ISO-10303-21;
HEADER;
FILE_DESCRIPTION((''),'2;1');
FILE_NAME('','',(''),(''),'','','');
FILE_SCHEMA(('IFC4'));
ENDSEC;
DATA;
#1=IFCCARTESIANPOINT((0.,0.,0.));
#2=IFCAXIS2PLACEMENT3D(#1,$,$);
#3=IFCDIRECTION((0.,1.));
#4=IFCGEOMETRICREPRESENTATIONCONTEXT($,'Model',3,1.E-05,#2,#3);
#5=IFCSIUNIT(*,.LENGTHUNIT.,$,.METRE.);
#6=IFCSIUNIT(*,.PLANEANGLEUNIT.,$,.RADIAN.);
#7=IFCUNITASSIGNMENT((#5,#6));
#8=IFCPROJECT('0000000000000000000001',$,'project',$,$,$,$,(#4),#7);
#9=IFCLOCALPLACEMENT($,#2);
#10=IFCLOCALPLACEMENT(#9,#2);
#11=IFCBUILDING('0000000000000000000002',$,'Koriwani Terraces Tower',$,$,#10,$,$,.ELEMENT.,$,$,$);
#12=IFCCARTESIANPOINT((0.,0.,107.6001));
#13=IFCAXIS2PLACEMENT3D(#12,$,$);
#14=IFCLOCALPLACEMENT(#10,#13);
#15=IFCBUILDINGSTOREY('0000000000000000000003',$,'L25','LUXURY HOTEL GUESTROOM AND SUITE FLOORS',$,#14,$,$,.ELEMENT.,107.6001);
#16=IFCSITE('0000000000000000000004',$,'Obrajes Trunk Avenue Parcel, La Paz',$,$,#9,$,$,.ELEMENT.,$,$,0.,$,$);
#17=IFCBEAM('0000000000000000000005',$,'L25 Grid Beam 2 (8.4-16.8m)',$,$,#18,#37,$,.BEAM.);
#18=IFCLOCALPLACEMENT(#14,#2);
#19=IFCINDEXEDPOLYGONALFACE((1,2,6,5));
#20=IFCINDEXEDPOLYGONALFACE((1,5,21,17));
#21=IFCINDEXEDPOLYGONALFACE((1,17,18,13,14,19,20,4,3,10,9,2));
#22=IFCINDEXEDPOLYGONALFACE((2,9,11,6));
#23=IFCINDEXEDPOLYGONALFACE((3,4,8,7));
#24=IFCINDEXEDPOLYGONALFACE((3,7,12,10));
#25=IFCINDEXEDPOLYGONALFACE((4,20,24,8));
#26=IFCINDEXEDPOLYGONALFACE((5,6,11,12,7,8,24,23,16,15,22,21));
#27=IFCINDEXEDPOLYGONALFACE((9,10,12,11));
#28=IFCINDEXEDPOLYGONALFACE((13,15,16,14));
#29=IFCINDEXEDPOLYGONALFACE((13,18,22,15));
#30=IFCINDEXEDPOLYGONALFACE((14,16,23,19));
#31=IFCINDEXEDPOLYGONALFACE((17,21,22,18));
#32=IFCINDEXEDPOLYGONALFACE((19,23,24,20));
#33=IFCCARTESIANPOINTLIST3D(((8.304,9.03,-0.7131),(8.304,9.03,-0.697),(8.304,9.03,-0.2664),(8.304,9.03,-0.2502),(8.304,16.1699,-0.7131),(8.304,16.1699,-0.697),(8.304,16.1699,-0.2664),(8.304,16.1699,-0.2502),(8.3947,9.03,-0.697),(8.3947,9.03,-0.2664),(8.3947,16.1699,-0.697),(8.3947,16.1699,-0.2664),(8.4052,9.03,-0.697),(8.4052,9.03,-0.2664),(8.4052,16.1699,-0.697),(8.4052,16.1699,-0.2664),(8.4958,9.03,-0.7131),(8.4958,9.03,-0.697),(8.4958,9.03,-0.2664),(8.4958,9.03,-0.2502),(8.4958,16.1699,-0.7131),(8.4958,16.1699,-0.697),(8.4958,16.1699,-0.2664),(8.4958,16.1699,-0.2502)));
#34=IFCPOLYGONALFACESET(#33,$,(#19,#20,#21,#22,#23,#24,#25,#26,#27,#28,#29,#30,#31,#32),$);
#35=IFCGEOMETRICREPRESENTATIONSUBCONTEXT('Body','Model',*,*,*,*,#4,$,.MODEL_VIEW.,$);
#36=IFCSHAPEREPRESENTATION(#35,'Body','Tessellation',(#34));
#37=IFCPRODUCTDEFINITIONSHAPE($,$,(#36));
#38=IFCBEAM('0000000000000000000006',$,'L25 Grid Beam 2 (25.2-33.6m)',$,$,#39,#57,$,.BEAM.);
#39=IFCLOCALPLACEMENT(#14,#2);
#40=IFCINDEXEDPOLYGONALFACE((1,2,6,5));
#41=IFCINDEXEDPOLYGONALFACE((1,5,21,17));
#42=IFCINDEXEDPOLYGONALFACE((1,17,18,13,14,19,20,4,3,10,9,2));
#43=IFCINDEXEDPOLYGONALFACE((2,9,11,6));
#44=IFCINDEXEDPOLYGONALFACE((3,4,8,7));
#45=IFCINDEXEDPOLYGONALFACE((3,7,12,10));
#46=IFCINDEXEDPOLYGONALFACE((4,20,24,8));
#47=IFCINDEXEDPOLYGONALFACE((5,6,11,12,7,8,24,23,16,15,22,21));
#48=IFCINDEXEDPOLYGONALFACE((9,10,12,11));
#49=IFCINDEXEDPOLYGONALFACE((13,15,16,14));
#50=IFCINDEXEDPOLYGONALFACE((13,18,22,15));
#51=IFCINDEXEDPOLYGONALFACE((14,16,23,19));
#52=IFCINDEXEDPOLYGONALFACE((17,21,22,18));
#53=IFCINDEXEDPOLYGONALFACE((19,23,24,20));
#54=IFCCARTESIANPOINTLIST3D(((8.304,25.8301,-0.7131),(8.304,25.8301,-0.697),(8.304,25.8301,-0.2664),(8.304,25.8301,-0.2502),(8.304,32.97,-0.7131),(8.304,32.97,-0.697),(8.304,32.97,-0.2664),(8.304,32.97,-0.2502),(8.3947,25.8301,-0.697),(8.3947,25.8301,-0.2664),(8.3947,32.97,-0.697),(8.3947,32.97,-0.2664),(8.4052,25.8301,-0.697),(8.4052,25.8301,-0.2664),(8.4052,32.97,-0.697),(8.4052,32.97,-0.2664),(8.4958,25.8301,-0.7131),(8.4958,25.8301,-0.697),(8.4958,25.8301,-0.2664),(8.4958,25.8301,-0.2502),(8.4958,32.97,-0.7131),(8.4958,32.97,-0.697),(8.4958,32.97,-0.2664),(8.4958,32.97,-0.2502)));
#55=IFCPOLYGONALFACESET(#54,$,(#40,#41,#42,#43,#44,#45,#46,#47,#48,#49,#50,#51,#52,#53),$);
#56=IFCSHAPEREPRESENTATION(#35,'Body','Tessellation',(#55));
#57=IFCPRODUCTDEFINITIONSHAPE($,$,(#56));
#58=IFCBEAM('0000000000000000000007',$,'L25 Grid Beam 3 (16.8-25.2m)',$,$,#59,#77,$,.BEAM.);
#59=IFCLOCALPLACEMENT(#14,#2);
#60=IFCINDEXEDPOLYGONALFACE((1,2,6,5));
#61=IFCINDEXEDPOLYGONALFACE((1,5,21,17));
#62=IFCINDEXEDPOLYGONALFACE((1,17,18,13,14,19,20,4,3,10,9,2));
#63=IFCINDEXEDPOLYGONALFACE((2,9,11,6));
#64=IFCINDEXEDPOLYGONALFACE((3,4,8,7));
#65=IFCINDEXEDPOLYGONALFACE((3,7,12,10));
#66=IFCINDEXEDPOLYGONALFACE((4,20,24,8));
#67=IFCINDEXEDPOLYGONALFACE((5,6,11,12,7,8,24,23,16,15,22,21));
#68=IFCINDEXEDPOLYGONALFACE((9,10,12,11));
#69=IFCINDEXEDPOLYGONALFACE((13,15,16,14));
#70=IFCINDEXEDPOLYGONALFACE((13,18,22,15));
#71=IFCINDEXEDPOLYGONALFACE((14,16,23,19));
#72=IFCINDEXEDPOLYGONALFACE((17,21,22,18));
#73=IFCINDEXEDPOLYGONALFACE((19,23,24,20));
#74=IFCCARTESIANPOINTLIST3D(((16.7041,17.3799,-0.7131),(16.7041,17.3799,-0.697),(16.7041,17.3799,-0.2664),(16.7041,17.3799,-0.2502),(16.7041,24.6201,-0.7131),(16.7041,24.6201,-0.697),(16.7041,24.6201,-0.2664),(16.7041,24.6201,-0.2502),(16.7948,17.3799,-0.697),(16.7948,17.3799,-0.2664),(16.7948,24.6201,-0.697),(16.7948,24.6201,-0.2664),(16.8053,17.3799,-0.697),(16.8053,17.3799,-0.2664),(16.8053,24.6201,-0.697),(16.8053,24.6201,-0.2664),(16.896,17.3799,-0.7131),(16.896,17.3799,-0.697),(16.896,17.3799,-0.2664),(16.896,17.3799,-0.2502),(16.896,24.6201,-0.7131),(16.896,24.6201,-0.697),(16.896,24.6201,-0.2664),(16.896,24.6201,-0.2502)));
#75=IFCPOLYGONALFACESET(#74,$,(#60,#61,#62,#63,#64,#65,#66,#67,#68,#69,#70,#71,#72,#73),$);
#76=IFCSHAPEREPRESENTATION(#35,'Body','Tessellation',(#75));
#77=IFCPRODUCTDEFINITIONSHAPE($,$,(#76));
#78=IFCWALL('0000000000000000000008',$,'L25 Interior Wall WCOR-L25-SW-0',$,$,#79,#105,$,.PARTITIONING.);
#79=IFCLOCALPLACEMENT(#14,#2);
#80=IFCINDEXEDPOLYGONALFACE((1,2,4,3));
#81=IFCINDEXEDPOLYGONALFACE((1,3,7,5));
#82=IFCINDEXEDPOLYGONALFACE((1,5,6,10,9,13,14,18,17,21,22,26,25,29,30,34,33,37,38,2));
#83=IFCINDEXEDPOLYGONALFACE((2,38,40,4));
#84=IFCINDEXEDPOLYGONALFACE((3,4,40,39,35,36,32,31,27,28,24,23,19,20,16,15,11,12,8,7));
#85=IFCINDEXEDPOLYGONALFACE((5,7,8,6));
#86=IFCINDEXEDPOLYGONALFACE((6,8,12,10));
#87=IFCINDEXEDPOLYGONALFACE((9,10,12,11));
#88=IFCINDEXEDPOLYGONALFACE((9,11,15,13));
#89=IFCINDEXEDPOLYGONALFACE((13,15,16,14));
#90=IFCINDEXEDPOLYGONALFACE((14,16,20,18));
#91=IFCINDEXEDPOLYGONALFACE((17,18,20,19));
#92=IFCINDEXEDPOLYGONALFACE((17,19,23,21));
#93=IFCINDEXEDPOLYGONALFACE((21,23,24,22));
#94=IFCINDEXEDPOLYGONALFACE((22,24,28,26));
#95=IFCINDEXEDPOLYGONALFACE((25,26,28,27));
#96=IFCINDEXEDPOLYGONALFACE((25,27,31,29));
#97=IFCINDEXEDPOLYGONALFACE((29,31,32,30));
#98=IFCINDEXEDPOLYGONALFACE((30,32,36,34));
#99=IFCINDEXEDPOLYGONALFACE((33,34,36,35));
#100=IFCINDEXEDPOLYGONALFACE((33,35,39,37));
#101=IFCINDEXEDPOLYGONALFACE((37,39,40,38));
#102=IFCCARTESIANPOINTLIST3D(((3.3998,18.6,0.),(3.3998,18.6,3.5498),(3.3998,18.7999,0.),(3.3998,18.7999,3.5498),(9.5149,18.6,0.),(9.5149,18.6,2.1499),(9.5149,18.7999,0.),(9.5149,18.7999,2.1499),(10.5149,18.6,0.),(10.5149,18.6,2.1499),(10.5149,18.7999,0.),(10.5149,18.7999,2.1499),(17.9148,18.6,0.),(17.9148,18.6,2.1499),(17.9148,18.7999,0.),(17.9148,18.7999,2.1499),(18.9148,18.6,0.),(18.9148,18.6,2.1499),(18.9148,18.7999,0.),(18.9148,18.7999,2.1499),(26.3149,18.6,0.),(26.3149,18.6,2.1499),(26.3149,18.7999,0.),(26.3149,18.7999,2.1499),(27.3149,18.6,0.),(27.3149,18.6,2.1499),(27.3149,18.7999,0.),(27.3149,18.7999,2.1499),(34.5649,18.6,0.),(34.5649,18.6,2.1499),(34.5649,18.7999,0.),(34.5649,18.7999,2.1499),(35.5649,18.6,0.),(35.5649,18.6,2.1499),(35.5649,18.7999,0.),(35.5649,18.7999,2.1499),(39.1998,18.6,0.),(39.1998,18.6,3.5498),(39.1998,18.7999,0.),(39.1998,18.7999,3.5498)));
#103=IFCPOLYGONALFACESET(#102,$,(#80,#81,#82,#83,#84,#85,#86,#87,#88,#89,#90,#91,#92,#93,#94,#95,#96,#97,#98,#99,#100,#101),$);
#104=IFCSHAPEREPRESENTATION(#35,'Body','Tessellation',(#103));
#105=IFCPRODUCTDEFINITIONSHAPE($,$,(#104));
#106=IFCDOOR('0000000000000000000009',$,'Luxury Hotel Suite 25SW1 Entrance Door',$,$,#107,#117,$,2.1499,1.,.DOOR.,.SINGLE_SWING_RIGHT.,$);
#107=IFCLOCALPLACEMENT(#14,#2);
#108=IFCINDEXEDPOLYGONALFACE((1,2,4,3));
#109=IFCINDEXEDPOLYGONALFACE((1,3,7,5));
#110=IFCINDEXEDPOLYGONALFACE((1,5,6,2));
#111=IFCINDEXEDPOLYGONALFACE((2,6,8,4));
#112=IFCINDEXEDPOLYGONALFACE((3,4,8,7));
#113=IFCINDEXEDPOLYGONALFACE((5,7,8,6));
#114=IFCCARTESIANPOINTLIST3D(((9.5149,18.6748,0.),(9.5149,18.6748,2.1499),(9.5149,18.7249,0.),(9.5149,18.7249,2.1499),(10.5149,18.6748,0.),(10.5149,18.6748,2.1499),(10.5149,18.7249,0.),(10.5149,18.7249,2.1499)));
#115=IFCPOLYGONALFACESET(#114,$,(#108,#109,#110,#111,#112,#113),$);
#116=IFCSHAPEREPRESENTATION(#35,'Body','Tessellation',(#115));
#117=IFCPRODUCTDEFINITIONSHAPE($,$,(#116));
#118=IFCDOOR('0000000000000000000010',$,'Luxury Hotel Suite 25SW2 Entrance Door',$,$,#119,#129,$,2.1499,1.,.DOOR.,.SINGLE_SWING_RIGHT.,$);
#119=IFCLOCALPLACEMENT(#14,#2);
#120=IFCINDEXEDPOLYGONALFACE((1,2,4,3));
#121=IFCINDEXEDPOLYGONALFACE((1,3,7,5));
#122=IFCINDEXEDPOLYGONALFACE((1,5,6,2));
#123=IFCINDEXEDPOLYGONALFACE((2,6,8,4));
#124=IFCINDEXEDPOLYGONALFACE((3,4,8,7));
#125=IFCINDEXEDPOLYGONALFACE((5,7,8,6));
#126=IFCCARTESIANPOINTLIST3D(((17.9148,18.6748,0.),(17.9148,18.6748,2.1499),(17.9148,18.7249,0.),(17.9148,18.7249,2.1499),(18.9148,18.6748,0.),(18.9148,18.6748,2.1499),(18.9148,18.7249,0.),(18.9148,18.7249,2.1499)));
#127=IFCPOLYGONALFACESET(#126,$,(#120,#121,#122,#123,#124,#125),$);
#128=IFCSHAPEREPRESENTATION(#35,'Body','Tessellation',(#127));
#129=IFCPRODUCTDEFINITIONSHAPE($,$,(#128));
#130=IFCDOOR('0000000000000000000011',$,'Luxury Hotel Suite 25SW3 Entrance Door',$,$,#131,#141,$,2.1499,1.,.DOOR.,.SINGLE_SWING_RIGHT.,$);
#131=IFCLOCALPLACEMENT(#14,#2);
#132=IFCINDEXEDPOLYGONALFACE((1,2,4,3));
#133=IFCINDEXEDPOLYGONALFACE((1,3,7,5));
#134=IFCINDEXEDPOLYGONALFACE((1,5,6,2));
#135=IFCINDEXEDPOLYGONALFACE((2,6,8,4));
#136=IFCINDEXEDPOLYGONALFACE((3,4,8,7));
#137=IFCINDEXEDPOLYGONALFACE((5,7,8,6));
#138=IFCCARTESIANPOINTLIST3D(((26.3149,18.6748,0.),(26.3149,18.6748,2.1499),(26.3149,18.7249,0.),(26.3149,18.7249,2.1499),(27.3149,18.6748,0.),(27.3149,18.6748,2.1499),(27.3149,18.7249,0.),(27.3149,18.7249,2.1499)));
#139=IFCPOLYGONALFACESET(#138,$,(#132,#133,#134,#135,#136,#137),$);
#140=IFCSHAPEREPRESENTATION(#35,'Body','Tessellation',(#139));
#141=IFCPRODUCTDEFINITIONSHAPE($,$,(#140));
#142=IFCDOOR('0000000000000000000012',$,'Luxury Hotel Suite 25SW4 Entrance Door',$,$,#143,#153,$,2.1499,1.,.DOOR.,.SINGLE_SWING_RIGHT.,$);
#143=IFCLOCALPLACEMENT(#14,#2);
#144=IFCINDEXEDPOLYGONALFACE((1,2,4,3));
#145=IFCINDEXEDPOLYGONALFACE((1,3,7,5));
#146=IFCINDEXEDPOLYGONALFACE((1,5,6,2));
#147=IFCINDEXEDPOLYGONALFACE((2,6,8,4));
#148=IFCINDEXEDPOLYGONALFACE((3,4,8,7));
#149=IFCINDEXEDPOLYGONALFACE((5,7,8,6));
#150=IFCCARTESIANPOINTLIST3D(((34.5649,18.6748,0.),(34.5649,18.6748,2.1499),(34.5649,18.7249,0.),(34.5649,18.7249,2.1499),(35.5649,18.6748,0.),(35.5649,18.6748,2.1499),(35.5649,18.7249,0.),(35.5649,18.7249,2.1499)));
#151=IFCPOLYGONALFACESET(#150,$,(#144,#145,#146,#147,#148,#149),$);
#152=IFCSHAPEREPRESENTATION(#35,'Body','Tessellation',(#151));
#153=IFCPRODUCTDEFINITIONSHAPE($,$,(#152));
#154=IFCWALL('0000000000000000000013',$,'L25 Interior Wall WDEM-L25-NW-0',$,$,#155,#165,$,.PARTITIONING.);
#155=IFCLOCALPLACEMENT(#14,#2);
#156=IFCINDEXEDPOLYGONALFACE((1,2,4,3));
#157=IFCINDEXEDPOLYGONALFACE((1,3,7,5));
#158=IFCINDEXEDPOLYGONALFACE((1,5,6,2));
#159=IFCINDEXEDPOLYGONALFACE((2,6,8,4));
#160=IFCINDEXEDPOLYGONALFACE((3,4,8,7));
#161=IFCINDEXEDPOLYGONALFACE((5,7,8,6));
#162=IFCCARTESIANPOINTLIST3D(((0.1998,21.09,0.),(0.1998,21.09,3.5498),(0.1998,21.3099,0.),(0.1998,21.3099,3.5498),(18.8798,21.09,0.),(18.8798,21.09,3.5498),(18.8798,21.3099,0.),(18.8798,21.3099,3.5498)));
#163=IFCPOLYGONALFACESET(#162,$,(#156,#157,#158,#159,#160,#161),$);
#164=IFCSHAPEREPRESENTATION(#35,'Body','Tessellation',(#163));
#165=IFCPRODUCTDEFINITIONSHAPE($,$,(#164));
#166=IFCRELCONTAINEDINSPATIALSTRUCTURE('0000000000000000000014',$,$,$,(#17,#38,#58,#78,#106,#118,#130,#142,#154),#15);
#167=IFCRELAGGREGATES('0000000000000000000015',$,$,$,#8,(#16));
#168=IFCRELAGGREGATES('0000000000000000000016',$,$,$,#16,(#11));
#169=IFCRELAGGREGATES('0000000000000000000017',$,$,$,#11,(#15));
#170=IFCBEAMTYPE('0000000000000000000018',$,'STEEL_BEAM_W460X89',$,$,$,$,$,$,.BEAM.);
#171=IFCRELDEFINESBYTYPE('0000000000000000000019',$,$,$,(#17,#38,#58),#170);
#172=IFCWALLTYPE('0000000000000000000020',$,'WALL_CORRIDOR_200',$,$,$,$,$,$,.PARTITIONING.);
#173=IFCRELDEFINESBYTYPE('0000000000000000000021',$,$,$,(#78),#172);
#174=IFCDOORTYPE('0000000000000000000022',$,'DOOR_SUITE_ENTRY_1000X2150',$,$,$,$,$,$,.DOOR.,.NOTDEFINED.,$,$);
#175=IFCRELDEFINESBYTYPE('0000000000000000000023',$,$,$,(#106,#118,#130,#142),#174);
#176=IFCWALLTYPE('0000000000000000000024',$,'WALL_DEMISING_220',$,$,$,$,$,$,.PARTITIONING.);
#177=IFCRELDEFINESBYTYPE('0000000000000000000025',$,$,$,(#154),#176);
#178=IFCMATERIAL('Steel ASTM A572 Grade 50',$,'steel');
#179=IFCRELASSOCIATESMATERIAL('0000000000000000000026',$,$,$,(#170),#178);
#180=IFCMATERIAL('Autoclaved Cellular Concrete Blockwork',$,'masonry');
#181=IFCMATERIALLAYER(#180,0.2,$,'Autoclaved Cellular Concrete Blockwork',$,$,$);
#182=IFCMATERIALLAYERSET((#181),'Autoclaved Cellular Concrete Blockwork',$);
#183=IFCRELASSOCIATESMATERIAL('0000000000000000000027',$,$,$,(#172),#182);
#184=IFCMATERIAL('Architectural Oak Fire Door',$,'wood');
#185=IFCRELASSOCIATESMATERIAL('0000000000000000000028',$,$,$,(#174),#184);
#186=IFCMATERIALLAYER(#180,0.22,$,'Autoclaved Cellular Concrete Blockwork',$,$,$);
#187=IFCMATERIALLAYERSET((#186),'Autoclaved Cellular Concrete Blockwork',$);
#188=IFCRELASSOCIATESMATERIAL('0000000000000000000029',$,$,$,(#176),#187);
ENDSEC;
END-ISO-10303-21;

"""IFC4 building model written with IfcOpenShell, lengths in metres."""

from ifc_helpers import new_model, si_unit, direction, frame, frame_2d, origin, origin_2d, place, context, subcontext, project, spatial, rectangle, i_section, extrude, material, layer, layer_set, material_profile, profile_set, type_object, element, fill, save


model = new_model("IFC4")

# Units and contexts
model_context = context("Model", 3, precision=1e-05, world=origin(), true_north=direction((0.0, 1.0)))
body_context = subcontext(model_context, "Body", "Model", "MODEL_VIEW")
ifc_project = project(units=[si_unit("LENGTHUNIT", "METRE"), si_unit("PLANEANGLEUNIT", "RADIAN")], contexts=[model_context])

# Site, building, storey
site_placement = place(None, origin())
site = spatial("IfcSite", under=ifc_project, at=site_placement, Name="Obrajes Trunk Avenue Parcel, La Paz", CompositionType="ELEMENT", RefElevation=0.0)
building_placement = place(site_placement, origin())
building = spatial("IfcBuilding", under=site, at=building_placement, Name="Koriwani Terraces Tower", CompositionType="ELEMENT")
storey_placement = place(building_placement, frame((0.0, 0.0, 107.6001)))
storey = spatial("IfcBuildingStorey", under=building, at=storey_placement, Name="L25", Description="LUXURY HOTEL GUESTROOM AND SUITE FLOORS", CompositionType="ELEMENT", Elevation=107.6001)

# Beams
ifc_material_1 = material(Name="Steel ASTM A572 Grade 50", Category="steel")
ifc_material_profile_1 = material_profile(ifc_material_1, i_section(OverallWidth=0.1919, OverallDepth=0.4629, WebThickness=0.0105, FlangeThickness=0.0161, at=origin_2d()), Name="Steel ASTM A572 Grade 50", Category="LoadBearing")
ifc_profile_set_1 = profile_set([ifc_material_profile_1], Name="Steel ASTM A572 Grade 50")
beam_type_1 = type_object("IfcBeamType", Name="STEEL_BEAM_W460X89", PredefinedType="BEAM", material=ifc_profile_set_1)
for number, where, z_axis, x_axis, name in (
    (1, (8.3999, 9.03, -0.4817), (0.0, 1.0, 0.0), (-1.0, 0.0, 0.0), "L25 Grid Beam 2 (8.4-16.8m)"),
    (2, (8.3999, 25.8301, -0.4817), (0.0, 1.0, 0.0), (-1.0, 0.0, 0.0), "L25 Grid Beam 2 (25.2-33.6m)"),
):
    element("IfcBeam", number, at=place(storey_placement, frame(where, z_axis=z_axis, x_axis=x_axis)), inside=storey, type_object=beam_type_1, Name=name, PredefinedType="BEAM", context=body_context, shape_type="SweptSolid", body=[
        extrude(i_section(OverallWidth=0.1919, OverallDepth=0.4629, WebThickness=0.0105, FlangeThickness=0.0161, at=origin_2d()), origin(), (0.0, 0.0, 1.0), 7.1399),
    ])
beam_1_placement = place(storey_placement, frame((16.8, 17.3799, -0.4817), z_axis=(0.0, 1.0, 0.0), x_axis=(-1.0, 0.0, 0.0)))
element("IfcBeam", 3, at=beam_1_placement, inside=storey, type_object=beam_type_1, Name="L25 Grid Beam 3 (16.8-25.2m)", PredefinedType="BEAM", context=body_context, shape_type="SweptSolid", body=[
    extrude(i_section(OverallWidth=0.1919, OverallDepth=0.4629, WebThickness=0.0105, FlangeThickness=0.0161, at=origin_2d()), origin(), (0.0, 0.0, 1.0), 7.2402),
])

# Wall, openings, doors
ifc_material_2 = material(Name="Autoclaved Cellular Concrete Blockwork", Category="masonry")
ifc_layer_1 = layer(ifc_material_2, 0.2, Name="Autoclaved Cellular Concrete Blockwork")
ifc_layer_set_1 = layer_set([ifc_layer_1], Name="Autoclaved Cellular Concrete Blockwork")
wall_type_1 = type_object("IfcWallType", Name="WALL_CORRIDOR_200", PredefinedType="PARTITIONING", material=ifc_layer_set_1)
wall_1_placement = place(storey_placement, frame((3.3999, 18.7, 0.0), z_axis=(0.0, 0.0, 1.0), x_axis=(1.0, 0.0, 0.0)))
wall_1 = element("IfcWall", 4, at=wall_1_placement, inside=storey, type_object=wall_type_1, Name="L25 Interior Wall WCOR-L25-SW-0", PredefinedType="PARTITIONING", context=body_context, shape_type="SweptSolid", body=[
    extrude(rectangle(XDim=35.8, YDim=0.2, at=frame_2d((17.8999, 0.0))), origin(), (0.0, 0.0, 1.0), 3.5498),
])
opening_1_placement = place(wall_1_placement, frame((6.115, 0.0, 0.0)))
opening_1 = element("IfcOpeningElement", 5, at=opening_1_placement, cuts=wall_1, PredefinedType="OPENING", context=body_context, shape_type="SweptSolid", body=[
    extrude(rectangle(XDim=1.0, YDim=2.1499, at=frame_2d((0.5, 1.075))), frame((0.0, 0.1099, 0.0), z_axis=(0.0, -1.0, 0.0), x_axis=(1.0, 0.0, 0.0)), (0.0, 0.0, 1.0), 0.22),
])
opening_2_placement = place(wall_1_placement, frame((14.5149, 0.0, 0.0)))
opening_2 = element("IfcOpeningElement", 6, at=opening_2_placement, cuts=wall_1, PredefinedType="OPENING", context=body_context, shape_type="SweptSolid", body=[
    extrude(rectangle(XDim=1.0, YDim=2.1499, at=frame_2d((0.5, 1.075))), frame((0.0, 0.1099, 0.0), z_axis=(0.0, -1.0, 0.0), x_axis=(1.0, 0.0, 0.0)), (0.0, 0.0, 1.0), 0.22),
])
opening_3_placement = place(wall_1_placement, frame((22.915, 0.0, 0.0)))
opening_3 = element("IfcOpeningElement", 7, at=opening_3_placement, cuts=wall_1, PredefinedType="OPENING", context=body_context, shape_type="SweptSolid", body=[
    extrude(rectangle(XDim=1.0, YDim=2.1499, at=frame_2d((0.5, 1.075))), frame((0.0, 0.1099, 0.0), z_axis=(0.0, -1.0, 0.0), x_axis=(1.0, 0.0, 0.0)), (0.0, 0.0, 1.0), 0.22),
])
opening_4_placement = place(wall_1_placement, frame((31.165, 0.0, 0.0)))
opening_4 = element("IfcOpeningElement", 8, at=opening_4_placement, cuts=wall_1, PredefinedType="OPENING", context=body_context, shape_type="SweptSolid", body=[
    extrude(rectangle(XDim=1.0, YDim=2.1499, at=frame_2d((0.5, 1.075))), frame((0.0, 0.1099, 0.0), z_axis=(0.0, -1.0, 0.0), x_axis=(1.0, 0.0, 0.0)), (0.0, 0.0, 1.0), 0.22),
])
ifc_material_3 = material(Name="Architectural Oak Fire Door", Category="wood")
door_type_1 = type_object("IfcDoorType", Name="DOOR_SUITE_ENTRY_1000X2150", OperationType="NOTDEFINED", PredefinedType="DOOR", material=ifc_material_3)
door_1_placement = place(opening_1_placement, origin())
door_1 = element("IfcDoor", 9, at=door_1_placement, inside=storey, type_object=door_type_1, Name="Luxury Hotel Suite 25SW1 Entrance Door", OperationType="SINGLE_SWING_RIGHT", OverallHeight=2.1499, OverallWidth=1.0, PredefinedType="DOOR", context=body_context, shape_type="SweptSolid", body=[
    extrude(rectangle(XDim=1.0, YDim=2.1499, at=frame_2d((0.5, 1.075))), frame((0.0, 0.0249, 0.0), z_axis=(0.0, -1.0, 0.0), x_axis=(1.0, 0.0, 0.0)), (0.0, 0.0, 1.0), 0.05),
])
fill(opening_1, door_1)
door_2_placement = place(opening_2_placement, origin())
door_2 = element("IfcDoor", 10, at=door_2_placement, inside=storey, type_object=door_type_1, Name="Luxury Hotel Suite 25SW2 Entrance Door", OperationType="SINGLE_SWING_RIGHT", OverallHeight=2.1499, OverallWidth=1.0, PredefinedType="DOOR", context=body_context, shape_type="SweptSolid", body=[
    extrude(rectangle(XDim=1.0, YDim=2.1499, at=frame_2d((0.5, 1.075))), frame((0.0, 0.0249, 0.0), z_axis=(0.0, -1.0, 0.0), x_axis=(1.0, 0.0, 0.0)), (0.0, 0.0, 1.0), 0.05),
])
fill(opening_2, door_2)
door_3_placement = place(opening_3_placement, origin())
door_3 = element("IfcDoor", 11, at=door_3_placement, inside=storey, type_object=door_type_1, Name="Luxury Hotel Suite 25SW3 Entrance Door", OperationType="SINGLE_SWING_RIGHT", OverallHeight=2.1499, OverallWidth=1.0, PredefinedType="DOOR", context=body_context, shape_type="SweptSolid", body=[
    extrude(rectangle(XDim=1.0, YDim=2.1499, at=frame_2d((0.5, 1.075))), frame((0.0, 0.0249, 0.0), z_axis=(0.0, -1.0, 0.0), x_axis=(1.0, 0.0, 0.0)), (0.0, 0.0, 1.0), 0.05),
])
fill(opening_3, door_3)
door_4_placement = place(opening_4_placement, origin())
door_4 = element("IfcDoor", 12, at=door_4_placement, inside=storey, type_object=door_type_1, Name="Luxury Hotel Suite 25SW4 Entrance Door", OperationType="SINGLE_SWING_RIGHT", OverallHeight=2.1499, OverallWidth=1.0, PredefinedType="DOOR", context=body_context, shape_type="SweptSolid", body=[
    extrude(rectangle(XDim=1.0, YDim=2.1499, at=frame_2d((0.5, 1.075))), frame((0.0, 0.0249, 0.0), z_axis=(0.0, -1.0, 0.0), x_axis=(1.0, 0.0, 0.0)), (0.0, 0.0, 1.0), 0.05),
])
fill(opening_4, door_4)

# Wall
ifc_layer_2 = layer(ifc_material_2, 0.22, Name="Autoclaved Cellular Concrete Blockwork")
ifc_layer_set_2 = layer_set([ifc_layer_2], Name="Autoclaved Cellular Concrete Blockwork")
wall_type_2 = type_object("IfcWallType", Name="WALL_DEMISING_220", PredefinedType="PARTITIONING", material=ifc_layer_set_2)
wall_2_placement = place(storey_placement, frame((0.2, 21.2, 0.0), z_axis=(0.0, 0.0, 1.0), x_axis=(1.0, 0.0, 0.0)))
element("IfcWall", 13, at=wall_2_placement, inside=storey, type_object=wall_type_2, Name="L25 Interior Wall WDEM-L25-NW-0", PredefinedType="PARTITIONING", context=body_context, shape_type="SweptSolid", body=[
    extrude(rectangle(XDim=18.6799, YDim=0.22, at=frame_2d((9.3398, 0.0))), origin(), (0.0, 0.0, 1.0), 3.5498),
])

save(model, "model.ifc")
